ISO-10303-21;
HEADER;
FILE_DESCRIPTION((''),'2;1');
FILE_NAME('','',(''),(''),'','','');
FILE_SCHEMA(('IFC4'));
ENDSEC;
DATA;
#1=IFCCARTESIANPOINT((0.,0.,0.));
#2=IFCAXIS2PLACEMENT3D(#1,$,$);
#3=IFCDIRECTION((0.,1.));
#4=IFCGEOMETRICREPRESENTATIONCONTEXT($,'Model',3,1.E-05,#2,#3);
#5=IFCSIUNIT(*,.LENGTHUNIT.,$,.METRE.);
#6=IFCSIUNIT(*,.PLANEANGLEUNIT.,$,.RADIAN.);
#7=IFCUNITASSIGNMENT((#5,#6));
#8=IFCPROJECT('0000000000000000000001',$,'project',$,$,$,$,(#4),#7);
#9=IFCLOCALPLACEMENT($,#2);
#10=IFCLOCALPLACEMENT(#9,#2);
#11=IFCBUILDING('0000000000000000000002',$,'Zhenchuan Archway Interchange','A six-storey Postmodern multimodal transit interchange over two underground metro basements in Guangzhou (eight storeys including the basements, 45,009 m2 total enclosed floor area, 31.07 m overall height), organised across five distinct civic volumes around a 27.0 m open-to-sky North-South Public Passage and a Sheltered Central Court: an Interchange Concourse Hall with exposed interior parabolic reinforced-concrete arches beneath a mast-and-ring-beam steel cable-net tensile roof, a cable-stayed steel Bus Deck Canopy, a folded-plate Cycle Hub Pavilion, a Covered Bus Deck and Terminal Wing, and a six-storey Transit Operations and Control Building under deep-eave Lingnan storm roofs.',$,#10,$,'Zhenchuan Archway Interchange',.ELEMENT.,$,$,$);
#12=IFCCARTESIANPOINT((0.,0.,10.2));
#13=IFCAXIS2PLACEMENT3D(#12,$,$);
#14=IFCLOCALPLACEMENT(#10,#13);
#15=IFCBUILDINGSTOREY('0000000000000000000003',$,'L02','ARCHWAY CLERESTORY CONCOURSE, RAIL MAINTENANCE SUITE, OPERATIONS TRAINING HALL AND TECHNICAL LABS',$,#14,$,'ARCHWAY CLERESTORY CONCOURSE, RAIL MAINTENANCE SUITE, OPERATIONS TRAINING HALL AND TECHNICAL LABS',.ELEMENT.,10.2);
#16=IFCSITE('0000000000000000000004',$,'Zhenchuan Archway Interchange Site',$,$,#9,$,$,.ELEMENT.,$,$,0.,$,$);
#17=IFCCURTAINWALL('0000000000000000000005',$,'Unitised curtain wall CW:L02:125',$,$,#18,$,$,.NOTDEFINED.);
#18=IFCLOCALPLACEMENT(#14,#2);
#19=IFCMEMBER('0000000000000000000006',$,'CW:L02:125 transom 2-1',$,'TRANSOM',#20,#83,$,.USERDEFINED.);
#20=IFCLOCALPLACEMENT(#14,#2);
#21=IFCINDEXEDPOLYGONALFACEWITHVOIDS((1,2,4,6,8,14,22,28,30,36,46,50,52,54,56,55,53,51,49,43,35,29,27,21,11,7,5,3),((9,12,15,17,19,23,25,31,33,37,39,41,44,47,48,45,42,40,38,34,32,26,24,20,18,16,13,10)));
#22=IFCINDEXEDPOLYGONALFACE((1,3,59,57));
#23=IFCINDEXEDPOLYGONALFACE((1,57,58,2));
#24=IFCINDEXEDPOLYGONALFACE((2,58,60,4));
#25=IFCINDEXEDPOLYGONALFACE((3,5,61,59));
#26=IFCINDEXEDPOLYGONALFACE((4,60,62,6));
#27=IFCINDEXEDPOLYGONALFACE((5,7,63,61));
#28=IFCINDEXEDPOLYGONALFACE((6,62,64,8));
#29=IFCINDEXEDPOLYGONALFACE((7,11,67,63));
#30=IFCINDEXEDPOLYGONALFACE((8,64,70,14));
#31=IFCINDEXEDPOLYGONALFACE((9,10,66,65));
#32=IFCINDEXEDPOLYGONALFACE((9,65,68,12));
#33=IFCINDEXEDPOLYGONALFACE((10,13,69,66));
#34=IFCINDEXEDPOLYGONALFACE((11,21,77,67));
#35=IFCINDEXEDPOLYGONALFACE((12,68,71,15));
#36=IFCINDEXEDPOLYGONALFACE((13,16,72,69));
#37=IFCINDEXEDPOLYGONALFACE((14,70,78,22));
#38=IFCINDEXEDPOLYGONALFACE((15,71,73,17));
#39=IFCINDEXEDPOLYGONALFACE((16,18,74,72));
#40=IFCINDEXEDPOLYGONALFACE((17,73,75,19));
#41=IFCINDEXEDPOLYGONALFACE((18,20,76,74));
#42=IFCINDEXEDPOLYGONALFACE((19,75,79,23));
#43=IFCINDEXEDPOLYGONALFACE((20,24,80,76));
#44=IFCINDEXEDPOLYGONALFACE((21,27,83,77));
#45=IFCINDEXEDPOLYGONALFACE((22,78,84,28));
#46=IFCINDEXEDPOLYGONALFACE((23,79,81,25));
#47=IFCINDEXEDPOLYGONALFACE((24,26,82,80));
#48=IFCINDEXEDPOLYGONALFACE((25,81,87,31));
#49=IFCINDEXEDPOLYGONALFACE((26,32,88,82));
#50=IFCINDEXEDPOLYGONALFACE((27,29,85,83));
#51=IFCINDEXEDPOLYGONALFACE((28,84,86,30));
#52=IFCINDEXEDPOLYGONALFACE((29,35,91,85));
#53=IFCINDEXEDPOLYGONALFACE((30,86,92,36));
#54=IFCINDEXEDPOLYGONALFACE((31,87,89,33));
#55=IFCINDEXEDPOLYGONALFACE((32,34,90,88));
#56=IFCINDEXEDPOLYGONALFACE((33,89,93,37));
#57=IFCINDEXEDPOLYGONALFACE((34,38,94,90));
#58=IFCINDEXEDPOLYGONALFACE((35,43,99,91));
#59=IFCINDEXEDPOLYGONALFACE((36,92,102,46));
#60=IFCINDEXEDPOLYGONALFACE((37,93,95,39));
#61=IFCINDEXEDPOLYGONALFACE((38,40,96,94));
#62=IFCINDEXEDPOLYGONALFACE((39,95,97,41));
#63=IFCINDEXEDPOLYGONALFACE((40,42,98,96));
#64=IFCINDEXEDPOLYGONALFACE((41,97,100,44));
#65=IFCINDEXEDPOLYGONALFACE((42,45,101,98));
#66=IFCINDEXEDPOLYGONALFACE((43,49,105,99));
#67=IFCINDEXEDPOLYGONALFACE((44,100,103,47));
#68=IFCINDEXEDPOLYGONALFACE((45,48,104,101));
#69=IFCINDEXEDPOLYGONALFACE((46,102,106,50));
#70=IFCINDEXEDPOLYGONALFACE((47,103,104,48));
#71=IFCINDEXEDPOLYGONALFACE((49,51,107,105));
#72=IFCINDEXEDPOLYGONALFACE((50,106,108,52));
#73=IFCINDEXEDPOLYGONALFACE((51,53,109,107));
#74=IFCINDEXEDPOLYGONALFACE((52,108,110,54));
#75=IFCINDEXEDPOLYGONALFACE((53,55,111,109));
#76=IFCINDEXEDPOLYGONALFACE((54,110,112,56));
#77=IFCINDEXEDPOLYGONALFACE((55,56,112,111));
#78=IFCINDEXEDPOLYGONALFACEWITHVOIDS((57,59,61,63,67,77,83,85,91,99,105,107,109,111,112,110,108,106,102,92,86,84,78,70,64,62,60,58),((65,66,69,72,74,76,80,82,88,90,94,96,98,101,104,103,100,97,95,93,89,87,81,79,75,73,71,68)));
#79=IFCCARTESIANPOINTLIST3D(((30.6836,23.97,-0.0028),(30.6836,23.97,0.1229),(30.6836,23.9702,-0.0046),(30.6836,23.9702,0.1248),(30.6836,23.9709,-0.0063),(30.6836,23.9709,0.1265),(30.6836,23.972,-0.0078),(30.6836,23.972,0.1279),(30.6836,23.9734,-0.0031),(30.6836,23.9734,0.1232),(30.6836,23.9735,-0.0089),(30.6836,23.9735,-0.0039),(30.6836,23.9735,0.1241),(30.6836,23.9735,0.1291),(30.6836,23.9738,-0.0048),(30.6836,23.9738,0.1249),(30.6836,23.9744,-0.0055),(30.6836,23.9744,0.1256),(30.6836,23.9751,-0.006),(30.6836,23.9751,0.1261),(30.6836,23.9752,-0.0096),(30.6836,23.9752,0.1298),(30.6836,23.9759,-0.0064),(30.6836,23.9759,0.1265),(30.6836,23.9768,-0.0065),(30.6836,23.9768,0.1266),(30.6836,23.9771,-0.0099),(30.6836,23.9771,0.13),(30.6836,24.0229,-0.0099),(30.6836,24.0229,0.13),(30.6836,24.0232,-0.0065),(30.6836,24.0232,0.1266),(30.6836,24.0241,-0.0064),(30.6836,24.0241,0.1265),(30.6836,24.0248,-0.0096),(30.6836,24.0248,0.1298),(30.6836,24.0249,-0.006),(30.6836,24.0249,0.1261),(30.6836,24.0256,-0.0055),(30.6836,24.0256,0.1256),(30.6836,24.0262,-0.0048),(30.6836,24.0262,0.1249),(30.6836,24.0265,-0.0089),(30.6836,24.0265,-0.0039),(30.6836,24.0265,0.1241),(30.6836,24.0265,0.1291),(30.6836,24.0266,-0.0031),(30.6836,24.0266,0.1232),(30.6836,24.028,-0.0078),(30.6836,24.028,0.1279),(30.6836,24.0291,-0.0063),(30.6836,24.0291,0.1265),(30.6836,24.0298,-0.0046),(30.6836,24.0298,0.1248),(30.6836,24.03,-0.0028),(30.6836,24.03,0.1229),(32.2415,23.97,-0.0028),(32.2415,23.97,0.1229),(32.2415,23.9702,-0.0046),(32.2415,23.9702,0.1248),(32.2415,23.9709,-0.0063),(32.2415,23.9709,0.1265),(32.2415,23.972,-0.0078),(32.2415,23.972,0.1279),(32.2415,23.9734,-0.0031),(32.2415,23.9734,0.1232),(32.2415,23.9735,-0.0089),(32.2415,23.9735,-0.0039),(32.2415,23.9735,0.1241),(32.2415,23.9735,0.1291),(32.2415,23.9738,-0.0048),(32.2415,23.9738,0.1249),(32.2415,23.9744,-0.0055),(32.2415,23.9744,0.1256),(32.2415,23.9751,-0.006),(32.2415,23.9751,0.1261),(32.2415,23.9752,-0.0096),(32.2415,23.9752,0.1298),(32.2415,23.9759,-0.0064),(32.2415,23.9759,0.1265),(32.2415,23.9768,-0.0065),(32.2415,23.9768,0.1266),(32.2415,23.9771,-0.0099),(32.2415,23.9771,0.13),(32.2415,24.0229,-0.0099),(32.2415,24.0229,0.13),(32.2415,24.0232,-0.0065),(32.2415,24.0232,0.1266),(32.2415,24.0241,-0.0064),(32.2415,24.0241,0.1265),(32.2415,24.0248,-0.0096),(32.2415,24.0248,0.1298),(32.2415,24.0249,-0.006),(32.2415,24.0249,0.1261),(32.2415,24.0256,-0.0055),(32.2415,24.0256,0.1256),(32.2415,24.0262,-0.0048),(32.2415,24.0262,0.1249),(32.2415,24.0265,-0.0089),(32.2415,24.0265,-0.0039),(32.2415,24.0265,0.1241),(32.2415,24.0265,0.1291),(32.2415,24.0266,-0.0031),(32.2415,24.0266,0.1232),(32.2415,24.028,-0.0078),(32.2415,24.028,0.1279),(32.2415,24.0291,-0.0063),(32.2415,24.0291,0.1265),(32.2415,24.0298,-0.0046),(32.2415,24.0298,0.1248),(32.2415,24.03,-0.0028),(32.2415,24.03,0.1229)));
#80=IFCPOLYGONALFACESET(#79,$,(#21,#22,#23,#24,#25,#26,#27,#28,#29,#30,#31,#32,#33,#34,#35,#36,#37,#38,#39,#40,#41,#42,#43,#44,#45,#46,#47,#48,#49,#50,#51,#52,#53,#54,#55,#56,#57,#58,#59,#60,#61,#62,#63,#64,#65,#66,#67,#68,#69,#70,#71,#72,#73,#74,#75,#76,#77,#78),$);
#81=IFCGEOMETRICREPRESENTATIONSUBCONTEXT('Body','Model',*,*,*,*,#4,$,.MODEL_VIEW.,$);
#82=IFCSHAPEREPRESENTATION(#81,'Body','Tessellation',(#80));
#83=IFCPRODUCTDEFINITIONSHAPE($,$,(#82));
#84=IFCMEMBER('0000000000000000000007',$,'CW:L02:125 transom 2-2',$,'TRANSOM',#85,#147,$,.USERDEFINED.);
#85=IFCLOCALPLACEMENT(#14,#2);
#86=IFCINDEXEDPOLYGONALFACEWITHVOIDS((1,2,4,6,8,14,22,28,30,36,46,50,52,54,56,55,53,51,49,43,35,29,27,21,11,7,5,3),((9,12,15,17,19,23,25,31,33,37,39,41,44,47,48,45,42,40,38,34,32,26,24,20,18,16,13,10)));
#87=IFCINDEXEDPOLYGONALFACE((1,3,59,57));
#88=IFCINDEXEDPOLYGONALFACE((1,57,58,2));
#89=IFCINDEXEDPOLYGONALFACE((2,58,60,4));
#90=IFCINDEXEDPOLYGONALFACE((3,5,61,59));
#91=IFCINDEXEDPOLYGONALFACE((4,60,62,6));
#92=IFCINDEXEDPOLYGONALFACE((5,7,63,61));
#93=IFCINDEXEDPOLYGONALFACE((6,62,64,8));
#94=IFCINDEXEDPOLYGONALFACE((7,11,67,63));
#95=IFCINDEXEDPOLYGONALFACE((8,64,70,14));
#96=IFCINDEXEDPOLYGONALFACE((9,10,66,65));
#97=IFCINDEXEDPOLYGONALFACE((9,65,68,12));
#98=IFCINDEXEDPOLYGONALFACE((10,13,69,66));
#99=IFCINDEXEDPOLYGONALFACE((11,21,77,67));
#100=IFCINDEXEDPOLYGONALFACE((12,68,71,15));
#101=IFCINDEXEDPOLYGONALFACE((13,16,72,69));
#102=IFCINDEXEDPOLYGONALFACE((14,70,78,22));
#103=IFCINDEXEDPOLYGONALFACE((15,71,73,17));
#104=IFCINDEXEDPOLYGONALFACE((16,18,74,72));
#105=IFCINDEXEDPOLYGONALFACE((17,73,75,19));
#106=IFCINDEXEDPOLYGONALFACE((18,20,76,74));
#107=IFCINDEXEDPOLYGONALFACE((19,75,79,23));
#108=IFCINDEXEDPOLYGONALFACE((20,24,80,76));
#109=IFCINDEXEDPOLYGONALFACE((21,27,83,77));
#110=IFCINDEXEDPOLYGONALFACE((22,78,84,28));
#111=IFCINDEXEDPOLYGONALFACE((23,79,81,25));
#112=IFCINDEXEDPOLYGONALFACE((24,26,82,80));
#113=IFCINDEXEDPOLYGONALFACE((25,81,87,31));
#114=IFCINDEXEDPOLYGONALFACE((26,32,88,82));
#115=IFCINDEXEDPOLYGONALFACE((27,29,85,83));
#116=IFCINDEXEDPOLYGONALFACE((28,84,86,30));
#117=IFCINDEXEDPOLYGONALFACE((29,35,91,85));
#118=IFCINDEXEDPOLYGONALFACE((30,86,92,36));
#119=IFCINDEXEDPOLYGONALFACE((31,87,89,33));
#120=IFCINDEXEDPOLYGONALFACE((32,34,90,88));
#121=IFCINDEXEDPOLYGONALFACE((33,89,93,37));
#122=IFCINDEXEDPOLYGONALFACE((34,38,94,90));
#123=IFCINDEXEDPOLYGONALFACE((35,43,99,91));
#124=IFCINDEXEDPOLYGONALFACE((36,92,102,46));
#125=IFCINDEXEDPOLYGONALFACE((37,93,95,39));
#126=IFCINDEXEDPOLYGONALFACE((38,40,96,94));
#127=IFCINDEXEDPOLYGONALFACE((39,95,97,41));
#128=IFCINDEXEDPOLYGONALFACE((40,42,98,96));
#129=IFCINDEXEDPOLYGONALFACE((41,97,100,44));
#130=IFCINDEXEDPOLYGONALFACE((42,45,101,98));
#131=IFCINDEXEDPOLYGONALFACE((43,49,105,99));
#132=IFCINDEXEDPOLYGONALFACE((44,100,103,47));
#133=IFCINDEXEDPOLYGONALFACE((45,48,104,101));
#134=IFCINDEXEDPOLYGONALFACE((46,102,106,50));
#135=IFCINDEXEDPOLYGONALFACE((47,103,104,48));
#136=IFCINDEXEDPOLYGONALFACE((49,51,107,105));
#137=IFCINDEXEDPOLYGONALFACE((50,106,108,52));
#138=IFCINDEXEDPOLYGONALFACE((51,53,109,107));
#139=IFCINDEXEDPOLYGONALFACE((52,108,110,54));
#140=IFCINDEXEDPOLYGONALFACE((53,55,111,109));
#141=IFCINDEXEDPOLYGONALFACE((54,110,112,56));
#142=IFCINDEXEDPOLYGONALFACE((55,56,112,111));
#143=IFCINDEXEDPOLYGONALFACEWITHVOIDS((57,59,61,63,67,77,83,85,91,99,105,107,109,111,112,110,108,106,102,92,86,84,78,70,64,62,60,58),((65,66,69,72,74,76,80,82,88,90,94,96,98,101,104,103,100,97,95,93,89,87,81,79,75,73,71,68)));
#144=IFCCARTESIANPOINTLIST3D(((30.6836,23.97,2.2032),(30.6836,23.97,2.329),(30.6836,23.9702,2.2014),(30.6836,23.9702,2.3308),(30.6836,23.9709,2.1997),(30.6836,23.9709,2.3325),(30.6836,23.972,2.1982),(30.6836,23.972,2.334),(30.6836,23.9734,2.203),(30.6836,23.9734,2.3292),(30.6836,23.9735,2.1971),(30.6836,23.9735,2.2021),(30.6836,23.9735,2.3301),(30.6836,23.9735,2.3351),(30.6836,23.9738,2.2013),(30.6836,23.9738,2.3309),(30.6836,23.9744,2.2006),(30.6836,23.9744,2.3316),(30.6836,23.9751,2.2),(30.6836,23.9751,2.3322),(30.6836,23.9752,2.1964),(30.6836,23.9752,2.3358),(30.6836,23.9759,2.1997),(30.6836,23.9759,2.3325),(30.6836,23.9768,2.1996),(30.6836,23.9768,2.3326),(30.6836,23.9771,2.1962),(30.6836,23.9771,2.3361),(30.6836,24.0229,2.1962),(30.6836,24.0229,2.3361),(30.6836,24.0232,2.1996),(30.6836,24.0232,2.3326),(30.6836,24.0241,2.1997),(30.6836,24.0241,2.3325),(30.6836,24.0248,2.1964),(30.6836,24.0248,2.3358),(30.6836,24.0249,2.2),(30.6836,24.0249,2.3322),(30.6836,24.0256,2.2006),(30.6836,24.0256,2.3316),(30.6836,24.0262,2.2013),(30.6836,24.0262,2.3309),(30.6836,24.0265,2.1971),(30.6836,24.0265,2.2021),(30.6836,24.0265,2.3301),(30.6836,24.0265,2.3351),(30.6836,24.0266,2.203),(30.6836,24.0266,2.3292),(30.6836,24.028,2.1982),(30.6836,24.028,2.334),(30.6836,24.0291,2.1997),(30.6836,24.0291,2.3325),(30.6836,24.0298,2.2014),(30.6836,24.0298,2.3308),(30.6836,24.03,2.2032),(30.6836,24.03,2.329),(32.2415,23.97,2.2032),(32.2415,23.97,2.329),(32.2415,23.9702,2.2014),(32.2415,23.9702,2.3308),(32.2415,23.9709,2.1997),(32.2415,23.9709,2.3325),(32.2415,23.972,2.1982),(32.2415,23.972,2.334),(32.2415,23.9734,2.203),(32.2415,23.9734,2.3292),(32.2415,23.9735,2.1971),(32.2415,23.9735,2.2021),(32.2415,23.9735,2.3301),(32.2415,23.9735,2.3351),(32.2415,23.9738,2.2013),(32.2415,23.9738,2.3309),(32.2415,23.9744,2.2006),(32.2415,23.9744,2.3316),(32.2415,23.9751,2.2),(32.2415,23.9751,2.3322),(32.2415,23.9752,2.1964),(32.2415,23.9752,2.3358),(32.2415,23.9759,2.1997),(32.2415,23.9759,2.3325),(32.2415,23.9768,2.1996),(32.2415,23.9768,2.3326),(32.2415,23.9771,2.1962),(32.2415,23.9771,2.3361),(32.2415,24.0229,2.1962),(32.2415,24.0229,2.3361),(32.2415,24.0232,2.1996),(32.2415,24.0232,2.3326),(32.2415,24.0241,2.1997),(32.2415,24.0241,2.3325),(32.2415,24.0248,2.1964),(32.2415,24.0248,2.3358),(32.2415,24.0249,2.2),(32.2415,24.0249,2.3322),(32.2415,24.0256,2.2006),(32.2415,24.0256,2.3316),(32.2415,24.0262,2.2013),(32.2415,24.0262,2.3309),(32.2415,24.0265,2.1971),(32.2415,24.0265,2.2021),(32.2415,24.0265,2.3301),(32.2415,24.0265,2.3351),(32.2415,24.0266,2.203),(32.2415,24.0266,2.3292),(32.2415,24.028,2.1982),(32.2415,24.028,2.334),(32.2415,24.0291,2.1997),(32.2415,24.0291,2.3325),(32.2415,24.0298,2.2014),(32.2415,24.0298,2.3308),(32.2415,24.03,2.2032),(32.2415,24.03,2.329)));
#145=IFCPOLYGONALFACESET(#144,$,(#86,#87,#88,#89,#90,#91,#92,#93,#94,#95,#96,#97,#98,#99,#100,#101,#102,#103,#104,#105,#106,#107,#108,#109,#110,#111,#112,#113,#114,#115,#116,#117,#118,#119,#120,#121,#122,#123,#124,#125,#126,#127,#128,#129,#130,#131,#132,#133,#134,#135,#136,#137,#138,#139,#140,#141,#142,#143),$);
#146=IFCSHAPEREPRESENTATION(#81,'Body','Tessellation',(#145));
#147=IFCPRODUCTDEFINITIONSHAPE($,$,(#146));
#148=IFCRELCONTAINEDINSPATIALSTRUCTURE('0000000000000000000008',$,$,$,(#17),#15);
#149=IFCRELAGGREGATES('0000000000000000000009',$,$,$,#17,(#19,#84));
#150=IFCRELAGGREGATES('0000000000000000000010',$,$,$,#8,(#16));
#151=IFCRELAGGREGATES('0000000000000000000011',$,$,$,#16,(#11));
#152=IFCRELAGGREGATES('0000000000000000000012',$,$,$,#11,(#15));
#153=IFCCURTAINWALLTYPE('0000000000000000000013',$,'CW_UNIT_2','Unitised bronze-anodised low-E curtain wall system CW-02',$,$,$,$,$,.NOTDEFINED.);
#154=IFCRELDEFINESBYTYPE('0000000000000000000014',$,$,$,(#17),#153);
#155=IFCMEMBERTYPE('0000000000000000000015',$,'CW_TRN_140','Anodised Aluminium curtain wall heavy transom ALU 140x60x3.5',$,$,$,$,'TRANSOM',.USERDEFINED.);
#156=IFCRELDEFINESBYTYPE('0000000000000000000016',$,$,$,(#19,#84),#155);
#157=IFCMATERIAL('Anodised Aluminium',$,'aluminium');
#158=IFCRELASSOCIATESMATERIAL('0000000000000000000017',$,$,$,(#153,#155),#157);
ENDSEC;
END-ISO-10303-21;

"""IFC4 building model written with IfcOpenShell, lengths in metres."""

from ifc_helpers import new_model, si_unit, direction, frame, origin, origin_2d, place, context, subcontext, project, spatial, hollow_rectangle, extrude, material, material_profile, profile_set, type_object, element, aggregate, save


model = new_model("IFC4")

# Units and contexts
model_context = context("Model", 3, precision=1e-05, world=origin(), true_north=direction((0.0, 1.0)))
body_context = subcontext(model_context, "Body", "Model", "MODEL_VIEW")
ifc_project = project(units=[si_unit("LENGTHUNIT", "METRE"), si_unit("PLANEANGLEUNIT", "RADIAN")], contexts=[model_context])

# Site, building, storey
site_placement = place(None, origin())
site = spatial("IfcSite", under=ifc_project, at=site_placement, Name="Zhenchuan Archway Interchange Site", CompositionType="ELEMENT", RefElevation=0.0)
building_placement = place(site_placement, origin())
building = spatial("IfcBuilding", under=site, at=building_placement, Name="Zhenchuan Archway Interchange", Description="A six-storey Postmodern multimodal transit interchange over two underground metro basements in Guangzhou (eight storeys including the basements, 45,009 m2 total enclosed floor area, 31.07 m overall height), organised across five distinct civic volumes around a 27.0 m open-to-sky North-South Public Passage and a Sheltered Central Court: an Interchange Concourse Hall with exposed interior parabolic reinforced-concrete arches beneath a mast-and-ring-beam steel cable-net tensile roof, a cable-stayed steel Bus Deck Canopy, a folded-plate Cycle Hub Pavilion, a Covered Bus Deck and Terminal Wing, and a six-storey Transit Operations and Control Building under deep-eave Lingnan storm roofs.", LongName="Zhenchuan Archway Interchange", CompositionType="ELEMENT")
storey_placement = place(building_placement, frame((0.0, 0.0, 10.2)))
storey = spatial("IfcBuildingStorey", under=building, at=storey_placement, Name="L02", Description="ARCHWAY CLERESTORY CONCOURSE, RAIL MAINTENANCE SUITE, OPERATIONS TRAINING HALL AND TECHNICAL LABS", LongName="ARCHWAY CLERESTORY CONCOURSE, RAIL MAINTENANCE SUITE, OPERATIONS TRAINING HALL AND TECHNICAL LABS", CompositionType="ELEMENT", Elevation=10.2)

# Curtain wall, members
ifc_material_1 = material(Name="Anodised Aluminium", Category="aluminium")
curtain_wall_type = type_object("IfcCurtainWallType", Name="CW_UNIT_2", Description="Unitised bronze-anodised low-E curtain wall system CW-02", PredefinedType="NOTDEFINED", material=ifc_material_1)
curtain_wall_placement = place(storey_placement, origin())
curtain_wall = element("IfcCurtainWall", 1, at=curtain_wall_placement, inside=storey, type_object=curtain_wall_type, Name="Unitised curtain wall CW:L02:125", PredefinedType="NOTDEFINED")
ifc_material_profile_1 = material_profile(ifc_material_1, hollow_rectangle(XDim=0.0601, YDim=0.1399, WallThickness=0.0034, InnerFilletRadius=0.0034, OuterFilletRadius=0.0071, at=origin_2d()), Name="ALU 140x60x3.5")
ifc_profile_set_1 = profile_set([ifc_material_profile_1], Name="Anodised Aluminium")
member_type_1 = type_object("IfcMemberType", Name="CW_TRN_140", Description="Anodised Aluminium curtain wall heavy transom ALU 140x60x3.5", ElementType="TRANSOM", PredefinedType="USERDEFINED", material=ifc_profile_set_1)
member_1_placement = place(storey_placement, frame((32.2415, 24.0, 0.0601), z_axis=(-1.0, 0.0, 0.0), x_axis=(0.0, -1.0, 0.0)))
member_1 = element("IfcMember", 2, at=member_1_placement, type_object=member_type_1, Name="CW:L02:125 transom 2-1", ObjectType="TRANSOM", PredefinedType="USERDEFINED", context=body_context, shape_type="SweptSolid", body=[
    extrude(hollow_rectangle(XDim=0.0601, YDim=0.1399, WallThickness=0.0034, InnerFilletRadius=0.0034, OuterFilletRadius=0.0071, at=origin_2d()), origin(), (0.0, 0.0, 1.0), 1.5579),
])
member_2_placement = place(storey_placement, frame((32.2415, 24.0, 2.2661), z_axis=(-1.0, 0.0, 0.0), x_axis=(0.0, -1.0, 0.0)))
member_2 = element("IfcMember", 3, at=member_2_placement, type_object=member_type_1, Name="CW:L02:125 transom 2-2", ObjectType="TRANSOM", PredefinedType="USERDEFINED", context=body_context, shape_type="SweptSolid", body=[
    extrude(hollow_rectangle(XDim=0.0601, YDim=0.1399, WallThickness=0.0034, InnerFilletRadius=0.0034, OuterFilletRadius=0.0071, at=origin_2d()), origin(), (0.0, 0.0, 1.0), 1.5579),
])

aggregate(curtain_wall, [member_1, member_2])

save(model, "model.ifc")
